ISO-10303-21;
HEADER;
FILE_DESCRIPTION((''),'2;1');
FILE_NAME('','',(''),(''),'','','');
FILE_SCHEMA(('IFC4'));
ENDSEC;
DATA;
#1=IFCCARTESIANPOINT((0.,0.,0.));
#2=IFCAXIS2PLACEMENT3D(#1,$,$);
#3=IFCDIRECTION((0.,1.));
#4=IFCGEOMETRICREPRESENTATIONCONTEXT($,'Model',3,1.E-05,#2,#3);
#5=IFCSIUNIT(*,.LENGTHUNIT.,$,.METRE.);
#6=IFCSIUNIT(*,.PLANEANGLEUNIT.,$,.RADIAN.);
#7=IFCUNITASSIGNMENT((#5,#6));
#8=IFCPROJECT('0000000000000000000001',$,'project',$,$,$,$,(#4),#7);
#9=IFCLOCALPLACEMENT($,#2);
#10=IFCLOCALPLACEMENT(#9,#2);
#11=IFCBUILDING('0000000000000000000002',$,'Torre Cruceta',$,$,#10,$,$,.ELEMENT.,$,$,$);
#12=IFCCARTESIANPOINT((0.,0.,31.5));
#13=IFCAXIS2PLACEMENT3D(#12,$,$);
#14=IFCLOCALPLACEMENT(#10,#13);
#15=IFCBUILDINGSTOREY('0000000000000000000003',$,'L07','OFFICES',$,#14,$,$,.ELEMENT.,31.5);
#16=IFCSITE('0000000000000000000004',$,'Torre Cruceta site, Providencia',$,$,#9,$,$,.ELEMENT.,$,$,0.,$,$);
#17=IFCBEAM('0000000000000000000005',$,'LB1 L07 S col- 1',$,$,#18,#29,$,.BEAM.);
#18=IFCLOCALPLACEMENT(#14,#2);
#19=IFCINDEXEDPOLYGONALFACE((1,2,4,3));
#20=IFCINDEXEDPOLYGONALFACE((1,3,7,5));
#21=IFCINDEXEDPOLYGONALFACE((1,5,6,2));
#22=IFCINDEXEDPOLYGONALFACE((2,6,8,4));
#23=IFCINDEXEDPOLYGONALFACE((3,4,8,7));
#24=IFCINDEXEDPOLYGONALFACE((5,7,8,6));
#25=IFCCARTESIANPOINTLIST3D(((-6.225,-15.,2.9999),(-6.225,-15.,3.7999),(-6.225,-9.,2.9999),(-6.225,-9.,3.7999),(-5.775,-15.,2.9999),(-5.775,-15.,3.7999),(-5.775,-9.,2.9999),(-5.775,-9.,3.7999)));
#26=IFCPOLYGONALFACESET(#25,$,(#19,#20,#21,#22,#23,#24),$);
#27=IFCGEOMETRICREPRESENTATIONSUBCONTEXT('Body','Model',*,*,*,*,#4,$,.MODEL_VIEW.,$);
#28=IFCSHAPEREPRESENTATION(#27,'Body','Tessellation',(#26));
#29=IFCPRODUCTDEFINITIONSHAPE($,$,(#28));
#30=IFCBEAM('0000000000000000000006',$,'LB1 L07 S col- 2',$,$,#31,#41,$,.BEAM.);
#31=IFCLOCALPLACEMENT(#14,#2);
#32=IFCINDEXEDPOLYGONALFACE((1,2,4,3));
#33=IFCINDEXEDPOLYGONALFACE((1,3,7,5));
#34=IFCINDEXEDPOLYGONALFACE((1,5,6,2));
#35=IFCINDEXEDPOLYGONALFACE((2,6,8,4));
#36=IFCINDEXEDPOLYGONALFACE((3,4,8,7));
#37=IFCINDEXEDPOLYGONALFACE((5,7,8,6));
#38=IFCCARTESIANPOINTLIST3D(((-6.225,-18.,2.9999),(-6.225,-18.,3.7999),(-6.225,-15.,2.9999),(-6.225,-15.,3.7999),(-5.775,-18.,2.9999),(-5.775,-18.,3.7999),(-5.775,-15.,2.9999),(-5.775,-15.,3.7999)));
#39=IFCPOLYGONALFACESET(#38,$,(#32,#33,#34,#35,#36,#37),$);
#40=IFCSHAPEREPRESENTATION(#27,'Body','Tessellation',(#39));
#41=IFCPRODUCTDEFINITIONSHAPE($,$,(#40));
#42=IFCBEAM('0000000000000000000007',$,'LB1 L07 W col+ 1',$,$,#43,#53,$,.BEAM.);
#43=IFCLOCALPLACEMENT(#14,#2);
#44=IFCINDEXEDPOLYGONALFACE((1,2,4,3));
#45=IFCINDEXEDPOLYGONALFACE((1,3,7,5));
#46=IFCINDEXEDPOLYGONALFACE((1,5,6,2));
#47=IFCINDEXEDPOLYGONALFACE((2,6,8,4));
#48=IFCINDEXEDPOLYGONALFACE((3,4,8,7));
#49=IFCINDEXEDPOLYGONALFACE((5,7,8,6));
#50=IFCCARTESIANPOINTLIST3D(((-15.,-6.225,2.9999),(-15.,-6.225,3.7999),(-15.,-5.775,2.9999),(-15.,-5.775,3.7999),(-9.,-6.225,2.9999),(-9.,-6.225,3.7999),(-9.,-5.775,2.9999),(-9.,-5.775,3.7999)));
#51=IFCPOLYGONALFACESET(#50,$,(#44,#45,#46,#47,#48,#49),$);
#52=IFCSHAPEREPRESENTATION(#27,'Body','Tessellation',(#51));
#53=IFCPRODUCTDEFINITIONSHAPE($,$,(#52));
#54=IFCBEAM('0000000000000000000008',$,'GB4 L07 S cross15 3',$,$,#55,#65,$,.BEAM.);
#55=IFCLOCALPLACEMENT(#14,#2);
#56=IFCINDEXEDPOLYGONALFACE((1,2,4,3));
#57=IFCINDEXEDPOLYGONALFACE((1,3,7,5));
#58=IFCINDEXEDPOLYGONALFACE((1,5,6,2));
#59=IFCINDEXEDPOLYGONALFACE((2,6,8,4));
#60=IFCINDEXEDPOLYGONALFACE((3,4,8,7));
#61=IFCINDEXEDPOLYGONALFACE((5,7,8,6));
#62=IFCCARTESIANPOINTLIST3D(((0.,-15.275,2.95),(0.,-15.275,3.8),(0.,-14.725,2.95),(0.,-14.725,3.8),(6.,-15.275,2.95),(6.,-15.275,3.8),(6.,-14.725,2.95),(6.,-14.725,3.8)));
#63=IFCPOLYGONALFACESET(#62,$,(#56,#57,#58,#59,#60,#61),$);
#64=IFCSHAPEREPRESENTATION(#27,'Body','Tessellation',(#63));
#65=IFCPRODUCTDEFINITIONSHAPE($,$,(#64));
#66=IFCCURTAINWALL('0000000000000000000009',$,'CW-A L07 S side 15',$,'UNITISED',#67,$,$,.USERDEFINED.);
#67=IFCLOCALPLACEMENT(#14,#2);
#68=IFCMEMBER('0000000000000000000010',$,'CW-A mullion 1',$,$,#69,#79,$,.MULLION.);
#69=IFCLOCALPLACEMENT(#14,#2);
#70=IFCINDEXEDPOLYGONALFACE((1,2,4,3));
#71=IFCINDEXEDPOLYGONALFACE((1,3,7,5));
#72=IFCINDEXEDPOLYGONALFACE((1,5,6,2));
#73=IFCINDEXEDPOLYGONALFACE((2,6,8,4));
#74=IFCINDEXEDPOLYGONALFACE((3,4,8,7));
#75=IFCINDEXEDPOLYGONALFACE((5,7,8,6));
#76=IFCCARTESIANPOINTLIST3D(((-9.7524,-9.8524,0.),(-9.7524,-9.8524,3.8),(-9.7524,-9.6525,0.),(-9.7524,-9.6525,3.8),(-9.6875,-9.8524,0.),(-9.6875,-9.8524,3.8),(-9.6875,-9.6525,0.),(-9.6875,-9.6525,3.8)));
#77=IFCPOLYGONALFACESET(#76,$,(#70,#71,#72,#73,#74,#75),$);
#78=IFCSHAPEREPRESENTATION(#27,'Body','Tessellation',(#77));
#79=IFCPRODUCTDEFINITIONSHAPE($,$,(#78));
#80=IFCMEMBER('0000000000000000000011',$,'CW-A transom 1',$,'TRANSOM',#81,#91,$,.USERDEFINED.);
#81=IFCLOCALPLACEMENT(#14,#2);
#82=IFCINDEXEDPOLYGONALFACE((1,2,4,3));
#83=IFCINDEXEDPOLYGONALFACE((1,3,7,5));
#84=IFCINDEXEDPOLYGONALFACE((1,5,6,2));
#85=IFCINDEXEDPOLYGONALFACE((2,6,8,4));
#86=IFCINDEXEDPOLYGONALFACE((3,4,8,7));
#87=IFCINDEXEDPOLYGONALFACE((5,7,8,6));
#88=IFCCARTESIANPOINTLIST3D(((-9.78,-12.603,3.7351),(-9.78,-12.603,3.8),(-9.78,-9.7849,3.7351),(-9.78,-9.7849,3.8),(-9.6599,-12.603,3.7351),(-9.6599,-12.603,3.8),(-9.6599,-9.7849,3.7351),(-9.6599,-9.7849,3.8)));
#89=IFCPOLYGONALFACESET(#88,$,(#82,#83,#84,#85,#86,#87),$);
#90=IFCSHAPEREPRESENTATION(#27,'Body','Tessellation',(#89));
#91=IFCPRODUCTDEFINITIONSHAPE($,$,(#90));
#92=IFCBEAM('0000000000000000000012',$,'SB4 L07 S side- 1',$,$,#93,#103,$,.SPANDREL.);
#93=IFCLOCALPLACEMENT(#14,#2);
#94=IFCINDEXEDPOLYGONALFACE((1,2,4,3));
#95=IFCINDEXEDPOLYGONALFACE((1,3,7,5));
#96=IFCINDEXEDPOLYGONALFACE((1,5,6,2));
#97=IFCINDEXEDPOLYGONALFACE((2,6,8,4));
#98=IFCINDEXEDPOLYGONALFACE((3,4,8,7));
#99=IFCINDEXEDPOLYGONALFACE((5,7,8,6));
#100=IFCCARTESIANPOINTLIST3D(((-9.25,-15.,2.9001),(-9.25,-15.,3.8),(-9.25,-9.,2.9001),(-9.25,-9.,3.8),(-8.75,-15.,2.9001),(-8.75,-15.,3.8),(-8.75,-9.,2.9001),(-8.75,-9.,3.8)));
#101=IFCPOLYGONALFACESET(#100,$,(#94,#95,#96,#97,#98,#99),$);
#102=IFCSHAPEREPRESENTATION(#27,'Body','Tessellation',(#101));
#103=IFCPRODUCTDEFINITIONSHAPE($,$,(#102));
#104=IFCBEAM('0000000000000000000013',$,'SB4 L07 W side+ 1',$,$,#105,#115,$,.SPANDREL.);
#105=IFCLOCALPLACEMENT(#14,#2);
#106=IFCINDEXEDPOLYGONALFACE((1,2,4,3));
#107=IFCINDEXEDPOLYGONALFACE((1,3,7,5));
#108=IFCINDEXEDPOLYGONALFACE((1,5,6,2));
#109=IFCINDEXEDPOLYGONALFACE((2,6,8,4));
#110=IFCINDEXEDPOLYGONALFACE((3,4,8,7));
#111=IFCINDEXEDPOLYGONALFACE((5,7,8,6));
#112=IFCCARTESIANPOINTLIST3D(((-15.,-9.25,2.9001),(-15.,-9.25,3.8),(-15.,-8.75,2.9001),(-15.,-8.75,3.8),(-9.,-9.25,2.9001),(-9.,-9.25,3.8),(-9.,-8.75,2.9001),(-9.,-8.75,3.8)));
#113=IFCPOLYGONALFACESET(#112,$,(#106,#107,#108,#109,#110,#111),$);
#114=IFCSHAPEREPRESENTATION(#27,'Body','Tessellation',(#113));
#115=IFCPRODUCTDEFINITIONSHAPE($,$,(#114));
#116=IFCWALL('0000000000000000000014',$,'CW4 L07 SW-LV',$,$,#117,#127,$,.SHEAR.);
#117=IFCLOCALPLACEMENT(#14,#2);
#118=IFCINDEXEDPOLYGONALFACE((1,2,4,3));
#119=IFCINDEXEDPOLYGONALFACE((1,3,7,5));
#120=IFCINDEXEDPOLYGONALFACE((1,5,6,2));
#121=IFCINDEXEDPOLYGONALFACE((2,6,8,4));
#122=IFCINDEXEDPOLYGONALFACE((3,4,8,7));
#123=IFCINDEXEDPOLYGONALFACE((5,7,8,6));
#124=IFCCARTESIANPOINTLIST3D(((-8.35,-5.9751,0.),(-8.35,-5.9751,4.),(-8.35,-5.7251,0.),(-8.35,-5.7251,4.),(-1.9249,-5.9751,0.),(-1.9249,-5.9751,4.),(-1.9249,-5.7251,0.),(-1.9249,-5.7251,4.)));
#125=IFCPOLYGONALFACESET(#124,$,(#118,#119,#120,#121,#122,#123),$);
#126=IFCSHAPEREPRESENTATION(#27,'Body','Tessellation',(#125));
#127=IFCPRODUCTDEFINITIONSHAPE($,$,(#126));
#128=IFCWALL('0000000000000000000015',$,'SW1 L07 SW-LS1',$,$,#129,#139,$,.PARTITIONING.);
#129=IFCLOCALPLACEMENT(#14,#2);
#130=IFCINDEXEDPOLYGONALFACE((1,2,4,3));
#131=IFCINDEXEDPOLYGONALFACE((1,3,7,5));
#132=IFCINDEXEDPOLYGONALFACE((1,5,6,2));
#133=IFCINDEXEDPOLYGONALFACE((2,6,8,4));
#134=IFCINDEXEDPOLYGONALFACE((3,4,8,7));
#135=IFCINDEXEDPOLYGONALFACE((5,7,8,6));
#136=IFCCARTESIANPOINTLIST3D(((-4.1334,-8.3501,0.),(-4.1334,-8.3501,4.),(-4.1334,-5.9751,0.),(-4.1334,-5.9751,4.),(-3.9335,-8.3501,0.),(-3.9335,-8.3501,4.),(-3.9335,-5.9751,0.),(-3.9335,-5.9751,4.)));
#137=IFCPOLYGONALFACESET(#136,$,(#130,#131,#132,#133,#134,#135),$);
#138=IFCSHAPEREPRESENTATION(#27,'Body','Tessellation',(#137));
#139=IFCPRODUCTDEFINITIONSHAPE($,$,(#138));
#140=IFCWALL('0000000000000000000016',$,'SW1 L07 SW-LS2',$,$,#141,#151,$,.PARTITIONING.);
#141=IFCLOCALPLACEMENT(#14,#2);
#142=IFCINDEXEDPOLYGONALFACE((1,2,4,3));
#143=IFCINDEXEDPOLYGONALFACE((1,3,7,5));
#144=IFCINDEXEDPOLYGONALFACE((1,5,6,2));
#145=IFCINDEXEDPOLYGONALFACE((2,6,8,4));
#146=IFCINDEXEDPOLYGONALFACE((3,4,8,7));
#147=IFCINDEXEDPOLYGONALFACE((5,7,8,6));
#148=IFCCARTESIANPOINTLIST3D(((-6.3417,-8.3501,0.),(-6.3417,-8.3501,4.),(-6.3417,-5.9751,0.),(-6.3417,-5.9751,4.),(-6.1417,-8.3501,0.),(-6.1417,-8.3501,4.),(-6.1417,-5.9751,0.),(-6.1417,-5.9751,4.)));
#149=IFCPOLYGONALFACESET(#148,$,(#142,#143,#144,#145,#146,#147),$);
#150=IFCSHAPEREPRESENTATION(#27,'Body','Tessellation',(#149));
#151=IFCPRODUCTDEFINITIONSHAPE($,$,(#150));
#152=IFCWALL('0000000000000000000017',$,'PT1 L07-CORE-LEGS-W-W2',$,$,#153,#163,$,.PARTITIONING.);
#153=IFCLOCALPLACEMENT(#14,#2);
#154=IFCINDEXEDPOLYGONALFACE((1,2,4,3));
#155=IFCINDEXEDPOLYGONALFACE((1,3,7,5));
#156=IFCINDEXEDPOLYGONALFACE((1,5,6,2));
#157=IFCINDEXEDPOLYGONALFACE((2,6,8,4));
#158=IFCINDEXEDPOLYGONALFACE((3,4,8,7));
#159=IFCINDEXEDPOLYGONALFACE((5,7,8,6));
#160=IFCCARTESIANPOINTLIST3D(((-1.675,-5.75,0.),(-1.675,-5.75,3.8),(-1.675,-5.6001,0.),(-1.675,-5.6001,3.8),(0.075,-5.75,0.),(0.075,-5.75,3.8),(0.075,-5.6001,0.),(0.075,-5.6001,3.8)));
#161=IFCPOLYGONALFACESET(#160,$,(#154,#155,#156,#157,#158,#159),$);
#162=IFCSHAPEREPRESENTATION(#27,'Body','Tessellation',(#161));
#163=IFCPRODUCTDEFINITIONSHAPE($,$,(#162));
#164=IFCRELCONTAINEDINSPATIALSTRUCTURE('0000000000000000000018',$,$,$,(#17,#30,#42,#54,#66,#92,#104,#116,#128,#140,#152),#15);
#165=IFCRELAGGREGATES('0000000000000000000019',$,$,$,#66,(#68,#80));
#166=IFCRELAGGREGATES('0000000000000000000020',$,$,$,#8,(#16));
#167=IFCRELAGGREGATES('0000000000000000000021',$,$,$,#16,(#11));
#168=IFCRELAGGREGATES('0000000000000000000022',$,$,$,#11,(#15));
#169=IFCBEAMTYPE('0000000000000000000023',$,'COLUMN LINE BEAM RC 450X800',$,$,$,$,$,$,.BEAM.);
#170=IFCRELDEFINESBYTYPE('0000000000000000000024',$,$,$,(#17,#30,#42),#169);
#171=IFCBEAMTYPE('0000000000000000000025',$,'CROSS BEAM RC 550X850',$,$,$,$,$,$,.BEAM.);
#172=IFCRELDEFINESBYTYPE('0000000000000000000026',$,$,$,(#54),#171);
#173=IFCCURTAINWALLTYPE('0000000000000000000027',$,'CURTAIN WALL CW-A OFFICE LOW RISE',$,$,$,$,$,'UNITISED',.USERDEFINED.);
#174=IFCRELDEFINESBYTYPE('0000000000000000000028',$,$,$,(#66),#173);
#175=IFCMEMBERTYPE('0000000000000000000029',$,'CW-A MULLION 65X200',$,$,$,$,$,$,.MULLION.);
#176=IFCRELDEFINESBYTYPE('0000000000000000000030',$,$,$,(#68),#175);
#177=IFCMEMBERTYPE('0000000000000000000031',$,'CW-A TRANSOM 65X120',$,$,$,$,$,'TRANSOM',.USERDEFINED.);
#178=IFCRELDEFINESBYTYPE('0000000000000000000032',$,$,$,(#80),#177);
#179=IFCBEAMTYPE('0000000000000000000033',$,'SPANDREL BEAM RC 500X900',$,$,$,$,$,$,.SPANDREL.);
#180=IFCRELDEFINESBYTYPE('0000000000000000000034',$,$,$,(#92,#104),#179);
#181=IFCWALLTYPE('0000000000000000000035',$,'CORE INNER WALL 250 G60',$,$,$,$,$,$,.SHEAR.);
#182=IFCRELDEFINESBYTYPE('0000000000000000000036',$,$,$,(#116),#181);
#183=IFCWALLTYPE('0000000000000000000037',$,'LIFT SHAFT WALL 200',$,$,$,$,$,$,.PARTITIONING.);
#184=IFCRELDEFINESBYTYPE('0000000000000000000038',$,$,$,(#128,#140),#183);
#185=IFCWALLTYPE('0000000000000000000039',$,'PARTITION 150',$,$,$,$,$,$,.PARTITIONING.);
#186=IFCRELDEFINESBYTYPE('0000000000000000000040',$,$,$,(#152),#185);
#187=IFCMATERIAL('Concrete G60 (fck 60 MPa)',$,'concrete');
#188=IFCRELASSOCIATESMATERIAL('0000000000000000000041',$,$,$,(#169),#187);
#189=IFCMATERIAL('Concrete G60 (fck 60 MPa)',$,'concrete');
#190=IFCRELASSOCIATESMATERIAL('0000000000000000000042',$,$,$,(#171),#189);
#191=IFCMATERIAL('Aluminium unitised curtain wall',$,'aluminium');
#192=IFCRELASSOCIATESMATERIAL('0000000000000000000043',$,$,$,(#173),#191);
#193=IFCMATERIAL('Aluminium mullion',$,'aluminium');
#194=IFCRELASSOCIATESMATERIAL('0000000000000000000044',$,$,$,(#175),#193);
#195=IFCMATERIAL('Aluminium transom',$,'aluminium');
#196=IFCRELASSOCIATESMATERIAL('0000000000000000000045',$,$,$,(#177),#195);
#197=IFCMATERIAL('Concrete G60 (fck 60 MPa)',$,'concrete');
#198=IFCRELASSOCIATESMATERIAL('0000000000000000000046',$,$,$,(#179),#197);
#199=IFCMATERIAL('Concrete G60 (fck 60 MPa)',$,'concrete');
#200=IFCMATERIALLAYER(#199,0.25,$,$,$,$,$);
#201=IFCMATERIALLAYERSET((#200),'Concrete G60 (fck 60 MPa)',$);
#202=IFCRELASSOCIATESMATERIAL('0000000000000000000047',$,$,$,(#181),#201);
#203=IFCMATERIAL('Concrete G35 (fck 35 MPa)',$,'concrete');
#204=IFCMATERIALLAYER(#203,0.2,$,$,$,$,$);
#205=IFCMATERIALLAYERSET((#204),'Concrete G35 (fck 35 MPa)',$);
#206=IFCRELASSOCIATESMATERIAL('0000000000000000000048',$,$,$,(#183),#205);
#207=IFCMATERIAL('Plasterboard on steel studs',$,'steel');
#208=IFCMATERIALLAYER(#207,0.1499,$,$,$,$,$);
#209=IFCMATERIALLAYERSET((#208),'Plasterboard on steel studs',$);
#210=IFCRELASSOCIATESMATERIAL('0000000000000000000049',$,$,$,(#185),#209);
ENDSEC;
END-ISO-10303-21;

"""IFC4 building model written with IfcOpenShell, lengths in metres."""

from ifc_helpers import new_model, si_unit, direction, frame, frame_2d, origin, origin_2d, place, context, subcontext, project, spatial, rectangle, extrude, material, layer, layer_set, material_profile, profile_set, type_object, element, aggregate, save


model = new_model("IFC4")

# Units and contexts
model_context = context("Model", 3, precision=1e-05, world=origin(), true_north=direction((0.0, 1.0)))
body_context = subcontext(model_context, "Body", "Model", "MODEL_VIEW")
ifc_project = project(units=[si_unit("LENGTHUNIT", "METRE"), si_unit("PLANEANGLEUNIT", "RADIAN")], contexts=[model_context])

# Site, building, storey
site_placement = place(None, origin())
site = spatial("IfcSite", under=ifc_project, at=site_placement, Name="Torre Cruceta site, Providencia", CompositionType="ELEMENT", RefElevation=0.0)
building_placement = place(site_placement, origin())
building = spatial("IfcBuilding", under=site, at=building_placement, Name="Torre Cruceta", CompositionType="ELEMENT")
storey_placement = place(building_placement, frame((0.0, 0.0, 31.5)))
storey = spatial("IfcBuildingStorey", under=building, at=storey_placement, Name="L07", Description="OFFICES", CompositionType="ELEMENT", Elevation=31.5)

# Beams
ifc_material_1 = material(Name="Concrete G60 (fck 60 MPa)", Category="concrete")
ifc_material_profile_1 = material_profile(ifc_material_1, rectangle(XDim=0.45, YDim=0.8, at=origin_2d()), Name="RC 450X800")
ifc_profile_set_1 = profile_set([ifc_material_profile_1], Name="Concrete G60 (fck 60 MPa)")
beam_type_1 = type_object("IfcBeamType", Name="COLUMN LINE BEAM RC 450X800", PredefinedType="BEAM", material=ifc_profile_set_1)
beam_1_placement = place(storey_placement, frame((-6.0, -9.0, 3.3999), z_axis=(0.0, -1.0, 0.0), x_axis=(1.0, 0.0, 0.0)))
element("IfcBeam", 1, at=beam_1_placement, inside=storey, type_object=beam_type_1, Name="LB1 L07 S col- 1", PredefinedType="BEAM", context=body_context, shape_type="SweptSolid", body=[
    extrude(rectangle(XDim=0.45, YDim=0.8, at=origin_2d()), origin(), (0.0, 0.0, 1.0), 6.0),
])
beam_2_placement = place(storey_placement, frame((-6.0, -15.0, 3.3999), z_axis=(0.0, -1.0, 0.0), x_axis=(1.0, 0.0, 0.0)))
element("IfcBeam", 2, at=beam_2_placement, inside=storey, type_object=beam_type_1, Name="LB1 L07 S col- 2", PredefinedType="BEAM", context=body_context, shape_type="SweptSolid", body=[
    extrude(rectangle(XDim=0.45, YDim=0.8, at=origin_2d()), origin(), (0.0, 0.0, 1.0), 3.0),
])
beam_3_placement = place(storey_placement, frame((-9.0, -6.0, 3.3999), z_axis=(-1.0, 0.0, 0.0), x_axis=(0.0, -1.0, 0.0)))
element("IfcBeam", 3, at=beam_3_placement, inside=storey, type_object=beam_type_1, Name="LB1 L07 W col+ 1", PredefinedType="BEAM", context=body_context, shape_type="SweptSolid", body=[
    extrude(rectangle(XDim=0.45, YDim=0.8, at=origin_2d()), origin(), (0.0, 0.0, 1.0), 6.0),
])
ifc_material_2 = material(Name="Concrete G60 (fck 60 MPa)", Category="concrete")
ifc_material_profile_2 = material_profile(ifc_material_2, rectangle(XDim=0.55, YDim=0.8501, at=origin_2d()), Name="RC 550X850")
ifc_profile_set_2 = profile_set([ifc_material_profile_2], Name="Concrete G60 (fck 60 MPa)")
beam_type_2 = type_object("IfcBeamType", Name="CROSS BEAM RC 550X850", PredefinedType="BEAM", material=ifc_profile_set_2)
beam_4_placement = place(storey_placement, frame((0.0, -15.0, 3.375), z_axis=(1.0, 0.0, 0.0), x_axis=(0.0, 1.0, 0.0)))
element("IfcBeam", 4, at=beam_4_placement, inside=storey, type_object=beam_type_2, Name="GB4 L07 S cross15 3", PredefinedType="BEAM", context=body_context, shape_type="SweptSolid", body=[
    extrude(rectangle(XDim=0.55, YDim=0.8501, at=origin_2d()), origin(), (0.0, 0.0, 1.0), 6.0),
])

# Curtain wall, members
ifc_material_3 = material(Name="Aluminium unitised curtain wall", Category="aluminium")
curtain_wall_type = type_object("IfcCurtainWallType", Name="CURTAIN WALL CW-A OFFICE LOW RISE", ElementType="UNITISED", PredefinedType="USERDEFINED", material=ifc_material_3)
curtain_wall_placement = place(storey_placement, origin())
curtain_wall = element("IfcCurtainWall", 5, at=curtain_wall_placement, inside=storey, type_object=curtain_wall_type, Name="CW-A L07 S side 15", ObjectType="UNITISED", PredefinedType="USERDEFINED")
ifc_material_4 = material(Name="Aluminium mullion", Category="aluminium")
ifc_material_profile_3 = material_profile(ifc_material_4, rectangle(XDim=0.0649, YDim=0.2, at=origin_2d()), Name="AL 65X200")
ifc_profile_set_3 = profile_set([ifc_material_profile_3], Name="Aluminium mullion")
member_type_1 = type_object("IfcMemberType", Name="CW-A MULLION 65X200", PredefinedType="MULLION", material=ifc_profile_set_3)
member_1_placement = place(storey_placement, frame((-9.72, -9.7524, 0.0), z_axis=(0.0, 0.0, 1.0), x_axis=(1.0, 0.0, 0.0)))
member_1 = element("IfcMember", 6, at=member_1_placement, type_object=member_type_1, Name="CW-A mullion 1", PredefinedType="MULLION", context=body_context, shape_type="SweptSolid", body=[
    extrude(rectangle(XDim=0.0649, YDim=0.2, at=origin_2d()), origin(), (0.0, 0.0, 1.0), 3.8),
])
ifc_material_5 = material(Name="Aluminium transom", Category="aluminium")
ifc_material_profile_4 = material_profile(ifc_material_5, rectangle(XDim=0.1201, YDim=0.0649, at=origin_2d()), Name="AL 120X65")
ifc_profile_set_4 = profile_set([ifc_material_profile_4], Name="Aluminium transom")
member_type_2 = type_object("IfcMemberType", Name="CW-A TRANSOM 65X120", ElementType="TRANSOM", PredefinedType="USERDEFINED", material=ifc_profile_set_4)
member_2_placement = place(storey_placement, frame((-9.72, -9.7849, 3.7676), z_axis=(0.0, -1.0, 0.0), x_axis=(1.0, 0.0, 0.0)))
member_2 = element("IfcMember", 7, at=member_2_placement, type_object=member_type_2, Name="CW-A transom 1", ObjectType="TRANSOM", PredefinedType="USERDEFINED", context=body_context, shape_type="SweptSolid", body=[
    extrude(rectangle(XDim=0.1201, YDim=0.0649, at=origin_2d()), origin(), (0.0, 0.0, 1.0), 2.8181),
])
aggregate(curtain_wall, [member_1, member_2])

# Beams
ifc_material_6 = material(Name="Concrete G60 (fck 60 MPa)", Category="concrete")
ifc_material_profile_5 = material_profile(ifc_material_6, rectangle(XDim=0.5, YDim=0.8999, at=origin_2d()), Name="RC 500X900")
ifc_profile_set_5 = profile_set([ifc_material_profile_5], Name="Concrete G60 (fck 60 MPa)")
beam_type_3 = type_object("IfcBeamType", Name="SPANDREL BEAM RC 500X900", PredefinedType="SPANDREL", material=ifc_profile_set_5)
for number, where, z_axis, x_axis, name in (
    (8, (-9.0, -9.0, 3.3501), (0.0, -1.0, 0.0), (1.0, 0.0, 0.0), "SB4 L07 S side- 1"),
    (9, (-9.0, -9.0, 3.3501), (-1.0, 0.0, 0.0), (0.0, -1.0, 0.0), "SB4 L07 W side+ 1"),
):
    element("IfcBeam", number, at=place(storey_placement, frame(where, z_axis=z_axis, x_axis=x_axis)), inside=storey, type_object=beam_type_3, Name=name, PredefinedType="SPANDREL", context=body_context, shape_type="SweptSolid", body=[
        extrude(rectangle(XDim=0.5, YDim=0.8999, at=origin_2d()), origin(), (0.0, 0.0, 1.0), 6.0),
    ])

# Wall
ifc_material_7 = material(Name="Concrete G60 (fck 60 MPa)", Category="concrete")
ifc_layer_1 = layer(ifc_material_7, 0.25)
ifc_layer_set_1 = layer_set([ifc_layer_1], Name="Concrete G60 (fck 60 MPa)")
wall_type_1 = type_object("IfcWallType", Name="CORE INNER WALL 250 G60", PredefinedType="SHEAR", material=ifc_layer_set_1)
wall_1_placement = place(storey_placement, frame((-1.925, -5.8501, 0.0), z_axis=(0.0, 0.0, 1.0), x_axis=(-1.0, 0.0, 0.0)))
element("IfcWall", 10, at=wall_1_placement, inside=storey, type_object=wall_type_1, Name="CW4 L07 SW-LV", PredefinedType="SHEAR", context=body_context, shape_type="SweptSolid", body=[
    extrude(rectangle(XDim=6.425, YDim=0.25, at=frame_2d((3.2124, 0.0))), origin(), (0.0, 0.0, 1.0), 4.0),
])

# Walls
ifc_material_8 = material(Name="Concrete G35 (fck 35 MPa)", Category="concrete")
ifc_layer_2 = layer(ifc_material_8, 0.2)
ifc_layer_set_2 = layer_set([ifc_layer_2], Name="Concrete G35 (fck 35 MPa)")
wall_type_2 = type_object("IfcWallType", Name="LIFT SHAFT WALL 200", PredefinedType="PARTITIONING", material=ifc_layer_set_2)
for number, where, z_axis, x_axis, name in (
    (11, (-4.0334, -5.9751, 0.0), (0.0, 0.0, 1.0), (0.0, -1.0, 0.0), "SW1 L07 SW-LS1"),
    (12, (-6.2417, -5.9751, 0.0), (0.0, 0.0, 1.0), (0.0, -1.0, 0.0), "SW1 L07 SW-LS2"),
):
    element("IfcWall", number, at=place(storey_placement, frame(where, z_axis=z_axis, x_axis=x_axis)), inside=storey, type_object=wall_type_2, Name=name, PredefinedType="PARTITIONING", context=body_context, shape_type="SweptSolid", body=[
        extrude(rectangle(XDim=2.375, YDim=0.2, at=frame_2d((1.1875, 0.0))), origin(), (0.0, 0.0, 1.0), 4.0),
    ])
ifc_material_9 = material(Name="Plasterboard on steel studs", Category="steel")
ifc_layer_3 = layer(ifc_material_9, 0.1499)
ifc_layer_set_3 = layer_set([ifc_layer_3], Name="Plasterboard on steel studs")
wall_type_3 = type_object("IfcWallType", Name="PARTITION 150", PredefinedType="PARTITIONING", material=ifc_layer_set_3)
wall_2_placement = place(storey_placement, frame((-1.675, -5.675, 0.0), z_axis=(0.0, 0.0, 1.0), x_axis=(1.0, 0.0, 0.0)))
element("IfcWall", 13, at=wall_2_placement, inside=storey, type_object=wall_type_3, Name="PT1 L07-CORE-LEGS-W-W2", PredefinedType="PARTITIONING", context=body_context, shape_type="SweptSolid", body=[
    extrude(rectangle(XDim=1.75, YDim=0.1499, at=frame_2d((0.875, 0.0))), origin(), (0.0, 0.0, 1.0), 3.8),
])

save(model, "model.ifc")
